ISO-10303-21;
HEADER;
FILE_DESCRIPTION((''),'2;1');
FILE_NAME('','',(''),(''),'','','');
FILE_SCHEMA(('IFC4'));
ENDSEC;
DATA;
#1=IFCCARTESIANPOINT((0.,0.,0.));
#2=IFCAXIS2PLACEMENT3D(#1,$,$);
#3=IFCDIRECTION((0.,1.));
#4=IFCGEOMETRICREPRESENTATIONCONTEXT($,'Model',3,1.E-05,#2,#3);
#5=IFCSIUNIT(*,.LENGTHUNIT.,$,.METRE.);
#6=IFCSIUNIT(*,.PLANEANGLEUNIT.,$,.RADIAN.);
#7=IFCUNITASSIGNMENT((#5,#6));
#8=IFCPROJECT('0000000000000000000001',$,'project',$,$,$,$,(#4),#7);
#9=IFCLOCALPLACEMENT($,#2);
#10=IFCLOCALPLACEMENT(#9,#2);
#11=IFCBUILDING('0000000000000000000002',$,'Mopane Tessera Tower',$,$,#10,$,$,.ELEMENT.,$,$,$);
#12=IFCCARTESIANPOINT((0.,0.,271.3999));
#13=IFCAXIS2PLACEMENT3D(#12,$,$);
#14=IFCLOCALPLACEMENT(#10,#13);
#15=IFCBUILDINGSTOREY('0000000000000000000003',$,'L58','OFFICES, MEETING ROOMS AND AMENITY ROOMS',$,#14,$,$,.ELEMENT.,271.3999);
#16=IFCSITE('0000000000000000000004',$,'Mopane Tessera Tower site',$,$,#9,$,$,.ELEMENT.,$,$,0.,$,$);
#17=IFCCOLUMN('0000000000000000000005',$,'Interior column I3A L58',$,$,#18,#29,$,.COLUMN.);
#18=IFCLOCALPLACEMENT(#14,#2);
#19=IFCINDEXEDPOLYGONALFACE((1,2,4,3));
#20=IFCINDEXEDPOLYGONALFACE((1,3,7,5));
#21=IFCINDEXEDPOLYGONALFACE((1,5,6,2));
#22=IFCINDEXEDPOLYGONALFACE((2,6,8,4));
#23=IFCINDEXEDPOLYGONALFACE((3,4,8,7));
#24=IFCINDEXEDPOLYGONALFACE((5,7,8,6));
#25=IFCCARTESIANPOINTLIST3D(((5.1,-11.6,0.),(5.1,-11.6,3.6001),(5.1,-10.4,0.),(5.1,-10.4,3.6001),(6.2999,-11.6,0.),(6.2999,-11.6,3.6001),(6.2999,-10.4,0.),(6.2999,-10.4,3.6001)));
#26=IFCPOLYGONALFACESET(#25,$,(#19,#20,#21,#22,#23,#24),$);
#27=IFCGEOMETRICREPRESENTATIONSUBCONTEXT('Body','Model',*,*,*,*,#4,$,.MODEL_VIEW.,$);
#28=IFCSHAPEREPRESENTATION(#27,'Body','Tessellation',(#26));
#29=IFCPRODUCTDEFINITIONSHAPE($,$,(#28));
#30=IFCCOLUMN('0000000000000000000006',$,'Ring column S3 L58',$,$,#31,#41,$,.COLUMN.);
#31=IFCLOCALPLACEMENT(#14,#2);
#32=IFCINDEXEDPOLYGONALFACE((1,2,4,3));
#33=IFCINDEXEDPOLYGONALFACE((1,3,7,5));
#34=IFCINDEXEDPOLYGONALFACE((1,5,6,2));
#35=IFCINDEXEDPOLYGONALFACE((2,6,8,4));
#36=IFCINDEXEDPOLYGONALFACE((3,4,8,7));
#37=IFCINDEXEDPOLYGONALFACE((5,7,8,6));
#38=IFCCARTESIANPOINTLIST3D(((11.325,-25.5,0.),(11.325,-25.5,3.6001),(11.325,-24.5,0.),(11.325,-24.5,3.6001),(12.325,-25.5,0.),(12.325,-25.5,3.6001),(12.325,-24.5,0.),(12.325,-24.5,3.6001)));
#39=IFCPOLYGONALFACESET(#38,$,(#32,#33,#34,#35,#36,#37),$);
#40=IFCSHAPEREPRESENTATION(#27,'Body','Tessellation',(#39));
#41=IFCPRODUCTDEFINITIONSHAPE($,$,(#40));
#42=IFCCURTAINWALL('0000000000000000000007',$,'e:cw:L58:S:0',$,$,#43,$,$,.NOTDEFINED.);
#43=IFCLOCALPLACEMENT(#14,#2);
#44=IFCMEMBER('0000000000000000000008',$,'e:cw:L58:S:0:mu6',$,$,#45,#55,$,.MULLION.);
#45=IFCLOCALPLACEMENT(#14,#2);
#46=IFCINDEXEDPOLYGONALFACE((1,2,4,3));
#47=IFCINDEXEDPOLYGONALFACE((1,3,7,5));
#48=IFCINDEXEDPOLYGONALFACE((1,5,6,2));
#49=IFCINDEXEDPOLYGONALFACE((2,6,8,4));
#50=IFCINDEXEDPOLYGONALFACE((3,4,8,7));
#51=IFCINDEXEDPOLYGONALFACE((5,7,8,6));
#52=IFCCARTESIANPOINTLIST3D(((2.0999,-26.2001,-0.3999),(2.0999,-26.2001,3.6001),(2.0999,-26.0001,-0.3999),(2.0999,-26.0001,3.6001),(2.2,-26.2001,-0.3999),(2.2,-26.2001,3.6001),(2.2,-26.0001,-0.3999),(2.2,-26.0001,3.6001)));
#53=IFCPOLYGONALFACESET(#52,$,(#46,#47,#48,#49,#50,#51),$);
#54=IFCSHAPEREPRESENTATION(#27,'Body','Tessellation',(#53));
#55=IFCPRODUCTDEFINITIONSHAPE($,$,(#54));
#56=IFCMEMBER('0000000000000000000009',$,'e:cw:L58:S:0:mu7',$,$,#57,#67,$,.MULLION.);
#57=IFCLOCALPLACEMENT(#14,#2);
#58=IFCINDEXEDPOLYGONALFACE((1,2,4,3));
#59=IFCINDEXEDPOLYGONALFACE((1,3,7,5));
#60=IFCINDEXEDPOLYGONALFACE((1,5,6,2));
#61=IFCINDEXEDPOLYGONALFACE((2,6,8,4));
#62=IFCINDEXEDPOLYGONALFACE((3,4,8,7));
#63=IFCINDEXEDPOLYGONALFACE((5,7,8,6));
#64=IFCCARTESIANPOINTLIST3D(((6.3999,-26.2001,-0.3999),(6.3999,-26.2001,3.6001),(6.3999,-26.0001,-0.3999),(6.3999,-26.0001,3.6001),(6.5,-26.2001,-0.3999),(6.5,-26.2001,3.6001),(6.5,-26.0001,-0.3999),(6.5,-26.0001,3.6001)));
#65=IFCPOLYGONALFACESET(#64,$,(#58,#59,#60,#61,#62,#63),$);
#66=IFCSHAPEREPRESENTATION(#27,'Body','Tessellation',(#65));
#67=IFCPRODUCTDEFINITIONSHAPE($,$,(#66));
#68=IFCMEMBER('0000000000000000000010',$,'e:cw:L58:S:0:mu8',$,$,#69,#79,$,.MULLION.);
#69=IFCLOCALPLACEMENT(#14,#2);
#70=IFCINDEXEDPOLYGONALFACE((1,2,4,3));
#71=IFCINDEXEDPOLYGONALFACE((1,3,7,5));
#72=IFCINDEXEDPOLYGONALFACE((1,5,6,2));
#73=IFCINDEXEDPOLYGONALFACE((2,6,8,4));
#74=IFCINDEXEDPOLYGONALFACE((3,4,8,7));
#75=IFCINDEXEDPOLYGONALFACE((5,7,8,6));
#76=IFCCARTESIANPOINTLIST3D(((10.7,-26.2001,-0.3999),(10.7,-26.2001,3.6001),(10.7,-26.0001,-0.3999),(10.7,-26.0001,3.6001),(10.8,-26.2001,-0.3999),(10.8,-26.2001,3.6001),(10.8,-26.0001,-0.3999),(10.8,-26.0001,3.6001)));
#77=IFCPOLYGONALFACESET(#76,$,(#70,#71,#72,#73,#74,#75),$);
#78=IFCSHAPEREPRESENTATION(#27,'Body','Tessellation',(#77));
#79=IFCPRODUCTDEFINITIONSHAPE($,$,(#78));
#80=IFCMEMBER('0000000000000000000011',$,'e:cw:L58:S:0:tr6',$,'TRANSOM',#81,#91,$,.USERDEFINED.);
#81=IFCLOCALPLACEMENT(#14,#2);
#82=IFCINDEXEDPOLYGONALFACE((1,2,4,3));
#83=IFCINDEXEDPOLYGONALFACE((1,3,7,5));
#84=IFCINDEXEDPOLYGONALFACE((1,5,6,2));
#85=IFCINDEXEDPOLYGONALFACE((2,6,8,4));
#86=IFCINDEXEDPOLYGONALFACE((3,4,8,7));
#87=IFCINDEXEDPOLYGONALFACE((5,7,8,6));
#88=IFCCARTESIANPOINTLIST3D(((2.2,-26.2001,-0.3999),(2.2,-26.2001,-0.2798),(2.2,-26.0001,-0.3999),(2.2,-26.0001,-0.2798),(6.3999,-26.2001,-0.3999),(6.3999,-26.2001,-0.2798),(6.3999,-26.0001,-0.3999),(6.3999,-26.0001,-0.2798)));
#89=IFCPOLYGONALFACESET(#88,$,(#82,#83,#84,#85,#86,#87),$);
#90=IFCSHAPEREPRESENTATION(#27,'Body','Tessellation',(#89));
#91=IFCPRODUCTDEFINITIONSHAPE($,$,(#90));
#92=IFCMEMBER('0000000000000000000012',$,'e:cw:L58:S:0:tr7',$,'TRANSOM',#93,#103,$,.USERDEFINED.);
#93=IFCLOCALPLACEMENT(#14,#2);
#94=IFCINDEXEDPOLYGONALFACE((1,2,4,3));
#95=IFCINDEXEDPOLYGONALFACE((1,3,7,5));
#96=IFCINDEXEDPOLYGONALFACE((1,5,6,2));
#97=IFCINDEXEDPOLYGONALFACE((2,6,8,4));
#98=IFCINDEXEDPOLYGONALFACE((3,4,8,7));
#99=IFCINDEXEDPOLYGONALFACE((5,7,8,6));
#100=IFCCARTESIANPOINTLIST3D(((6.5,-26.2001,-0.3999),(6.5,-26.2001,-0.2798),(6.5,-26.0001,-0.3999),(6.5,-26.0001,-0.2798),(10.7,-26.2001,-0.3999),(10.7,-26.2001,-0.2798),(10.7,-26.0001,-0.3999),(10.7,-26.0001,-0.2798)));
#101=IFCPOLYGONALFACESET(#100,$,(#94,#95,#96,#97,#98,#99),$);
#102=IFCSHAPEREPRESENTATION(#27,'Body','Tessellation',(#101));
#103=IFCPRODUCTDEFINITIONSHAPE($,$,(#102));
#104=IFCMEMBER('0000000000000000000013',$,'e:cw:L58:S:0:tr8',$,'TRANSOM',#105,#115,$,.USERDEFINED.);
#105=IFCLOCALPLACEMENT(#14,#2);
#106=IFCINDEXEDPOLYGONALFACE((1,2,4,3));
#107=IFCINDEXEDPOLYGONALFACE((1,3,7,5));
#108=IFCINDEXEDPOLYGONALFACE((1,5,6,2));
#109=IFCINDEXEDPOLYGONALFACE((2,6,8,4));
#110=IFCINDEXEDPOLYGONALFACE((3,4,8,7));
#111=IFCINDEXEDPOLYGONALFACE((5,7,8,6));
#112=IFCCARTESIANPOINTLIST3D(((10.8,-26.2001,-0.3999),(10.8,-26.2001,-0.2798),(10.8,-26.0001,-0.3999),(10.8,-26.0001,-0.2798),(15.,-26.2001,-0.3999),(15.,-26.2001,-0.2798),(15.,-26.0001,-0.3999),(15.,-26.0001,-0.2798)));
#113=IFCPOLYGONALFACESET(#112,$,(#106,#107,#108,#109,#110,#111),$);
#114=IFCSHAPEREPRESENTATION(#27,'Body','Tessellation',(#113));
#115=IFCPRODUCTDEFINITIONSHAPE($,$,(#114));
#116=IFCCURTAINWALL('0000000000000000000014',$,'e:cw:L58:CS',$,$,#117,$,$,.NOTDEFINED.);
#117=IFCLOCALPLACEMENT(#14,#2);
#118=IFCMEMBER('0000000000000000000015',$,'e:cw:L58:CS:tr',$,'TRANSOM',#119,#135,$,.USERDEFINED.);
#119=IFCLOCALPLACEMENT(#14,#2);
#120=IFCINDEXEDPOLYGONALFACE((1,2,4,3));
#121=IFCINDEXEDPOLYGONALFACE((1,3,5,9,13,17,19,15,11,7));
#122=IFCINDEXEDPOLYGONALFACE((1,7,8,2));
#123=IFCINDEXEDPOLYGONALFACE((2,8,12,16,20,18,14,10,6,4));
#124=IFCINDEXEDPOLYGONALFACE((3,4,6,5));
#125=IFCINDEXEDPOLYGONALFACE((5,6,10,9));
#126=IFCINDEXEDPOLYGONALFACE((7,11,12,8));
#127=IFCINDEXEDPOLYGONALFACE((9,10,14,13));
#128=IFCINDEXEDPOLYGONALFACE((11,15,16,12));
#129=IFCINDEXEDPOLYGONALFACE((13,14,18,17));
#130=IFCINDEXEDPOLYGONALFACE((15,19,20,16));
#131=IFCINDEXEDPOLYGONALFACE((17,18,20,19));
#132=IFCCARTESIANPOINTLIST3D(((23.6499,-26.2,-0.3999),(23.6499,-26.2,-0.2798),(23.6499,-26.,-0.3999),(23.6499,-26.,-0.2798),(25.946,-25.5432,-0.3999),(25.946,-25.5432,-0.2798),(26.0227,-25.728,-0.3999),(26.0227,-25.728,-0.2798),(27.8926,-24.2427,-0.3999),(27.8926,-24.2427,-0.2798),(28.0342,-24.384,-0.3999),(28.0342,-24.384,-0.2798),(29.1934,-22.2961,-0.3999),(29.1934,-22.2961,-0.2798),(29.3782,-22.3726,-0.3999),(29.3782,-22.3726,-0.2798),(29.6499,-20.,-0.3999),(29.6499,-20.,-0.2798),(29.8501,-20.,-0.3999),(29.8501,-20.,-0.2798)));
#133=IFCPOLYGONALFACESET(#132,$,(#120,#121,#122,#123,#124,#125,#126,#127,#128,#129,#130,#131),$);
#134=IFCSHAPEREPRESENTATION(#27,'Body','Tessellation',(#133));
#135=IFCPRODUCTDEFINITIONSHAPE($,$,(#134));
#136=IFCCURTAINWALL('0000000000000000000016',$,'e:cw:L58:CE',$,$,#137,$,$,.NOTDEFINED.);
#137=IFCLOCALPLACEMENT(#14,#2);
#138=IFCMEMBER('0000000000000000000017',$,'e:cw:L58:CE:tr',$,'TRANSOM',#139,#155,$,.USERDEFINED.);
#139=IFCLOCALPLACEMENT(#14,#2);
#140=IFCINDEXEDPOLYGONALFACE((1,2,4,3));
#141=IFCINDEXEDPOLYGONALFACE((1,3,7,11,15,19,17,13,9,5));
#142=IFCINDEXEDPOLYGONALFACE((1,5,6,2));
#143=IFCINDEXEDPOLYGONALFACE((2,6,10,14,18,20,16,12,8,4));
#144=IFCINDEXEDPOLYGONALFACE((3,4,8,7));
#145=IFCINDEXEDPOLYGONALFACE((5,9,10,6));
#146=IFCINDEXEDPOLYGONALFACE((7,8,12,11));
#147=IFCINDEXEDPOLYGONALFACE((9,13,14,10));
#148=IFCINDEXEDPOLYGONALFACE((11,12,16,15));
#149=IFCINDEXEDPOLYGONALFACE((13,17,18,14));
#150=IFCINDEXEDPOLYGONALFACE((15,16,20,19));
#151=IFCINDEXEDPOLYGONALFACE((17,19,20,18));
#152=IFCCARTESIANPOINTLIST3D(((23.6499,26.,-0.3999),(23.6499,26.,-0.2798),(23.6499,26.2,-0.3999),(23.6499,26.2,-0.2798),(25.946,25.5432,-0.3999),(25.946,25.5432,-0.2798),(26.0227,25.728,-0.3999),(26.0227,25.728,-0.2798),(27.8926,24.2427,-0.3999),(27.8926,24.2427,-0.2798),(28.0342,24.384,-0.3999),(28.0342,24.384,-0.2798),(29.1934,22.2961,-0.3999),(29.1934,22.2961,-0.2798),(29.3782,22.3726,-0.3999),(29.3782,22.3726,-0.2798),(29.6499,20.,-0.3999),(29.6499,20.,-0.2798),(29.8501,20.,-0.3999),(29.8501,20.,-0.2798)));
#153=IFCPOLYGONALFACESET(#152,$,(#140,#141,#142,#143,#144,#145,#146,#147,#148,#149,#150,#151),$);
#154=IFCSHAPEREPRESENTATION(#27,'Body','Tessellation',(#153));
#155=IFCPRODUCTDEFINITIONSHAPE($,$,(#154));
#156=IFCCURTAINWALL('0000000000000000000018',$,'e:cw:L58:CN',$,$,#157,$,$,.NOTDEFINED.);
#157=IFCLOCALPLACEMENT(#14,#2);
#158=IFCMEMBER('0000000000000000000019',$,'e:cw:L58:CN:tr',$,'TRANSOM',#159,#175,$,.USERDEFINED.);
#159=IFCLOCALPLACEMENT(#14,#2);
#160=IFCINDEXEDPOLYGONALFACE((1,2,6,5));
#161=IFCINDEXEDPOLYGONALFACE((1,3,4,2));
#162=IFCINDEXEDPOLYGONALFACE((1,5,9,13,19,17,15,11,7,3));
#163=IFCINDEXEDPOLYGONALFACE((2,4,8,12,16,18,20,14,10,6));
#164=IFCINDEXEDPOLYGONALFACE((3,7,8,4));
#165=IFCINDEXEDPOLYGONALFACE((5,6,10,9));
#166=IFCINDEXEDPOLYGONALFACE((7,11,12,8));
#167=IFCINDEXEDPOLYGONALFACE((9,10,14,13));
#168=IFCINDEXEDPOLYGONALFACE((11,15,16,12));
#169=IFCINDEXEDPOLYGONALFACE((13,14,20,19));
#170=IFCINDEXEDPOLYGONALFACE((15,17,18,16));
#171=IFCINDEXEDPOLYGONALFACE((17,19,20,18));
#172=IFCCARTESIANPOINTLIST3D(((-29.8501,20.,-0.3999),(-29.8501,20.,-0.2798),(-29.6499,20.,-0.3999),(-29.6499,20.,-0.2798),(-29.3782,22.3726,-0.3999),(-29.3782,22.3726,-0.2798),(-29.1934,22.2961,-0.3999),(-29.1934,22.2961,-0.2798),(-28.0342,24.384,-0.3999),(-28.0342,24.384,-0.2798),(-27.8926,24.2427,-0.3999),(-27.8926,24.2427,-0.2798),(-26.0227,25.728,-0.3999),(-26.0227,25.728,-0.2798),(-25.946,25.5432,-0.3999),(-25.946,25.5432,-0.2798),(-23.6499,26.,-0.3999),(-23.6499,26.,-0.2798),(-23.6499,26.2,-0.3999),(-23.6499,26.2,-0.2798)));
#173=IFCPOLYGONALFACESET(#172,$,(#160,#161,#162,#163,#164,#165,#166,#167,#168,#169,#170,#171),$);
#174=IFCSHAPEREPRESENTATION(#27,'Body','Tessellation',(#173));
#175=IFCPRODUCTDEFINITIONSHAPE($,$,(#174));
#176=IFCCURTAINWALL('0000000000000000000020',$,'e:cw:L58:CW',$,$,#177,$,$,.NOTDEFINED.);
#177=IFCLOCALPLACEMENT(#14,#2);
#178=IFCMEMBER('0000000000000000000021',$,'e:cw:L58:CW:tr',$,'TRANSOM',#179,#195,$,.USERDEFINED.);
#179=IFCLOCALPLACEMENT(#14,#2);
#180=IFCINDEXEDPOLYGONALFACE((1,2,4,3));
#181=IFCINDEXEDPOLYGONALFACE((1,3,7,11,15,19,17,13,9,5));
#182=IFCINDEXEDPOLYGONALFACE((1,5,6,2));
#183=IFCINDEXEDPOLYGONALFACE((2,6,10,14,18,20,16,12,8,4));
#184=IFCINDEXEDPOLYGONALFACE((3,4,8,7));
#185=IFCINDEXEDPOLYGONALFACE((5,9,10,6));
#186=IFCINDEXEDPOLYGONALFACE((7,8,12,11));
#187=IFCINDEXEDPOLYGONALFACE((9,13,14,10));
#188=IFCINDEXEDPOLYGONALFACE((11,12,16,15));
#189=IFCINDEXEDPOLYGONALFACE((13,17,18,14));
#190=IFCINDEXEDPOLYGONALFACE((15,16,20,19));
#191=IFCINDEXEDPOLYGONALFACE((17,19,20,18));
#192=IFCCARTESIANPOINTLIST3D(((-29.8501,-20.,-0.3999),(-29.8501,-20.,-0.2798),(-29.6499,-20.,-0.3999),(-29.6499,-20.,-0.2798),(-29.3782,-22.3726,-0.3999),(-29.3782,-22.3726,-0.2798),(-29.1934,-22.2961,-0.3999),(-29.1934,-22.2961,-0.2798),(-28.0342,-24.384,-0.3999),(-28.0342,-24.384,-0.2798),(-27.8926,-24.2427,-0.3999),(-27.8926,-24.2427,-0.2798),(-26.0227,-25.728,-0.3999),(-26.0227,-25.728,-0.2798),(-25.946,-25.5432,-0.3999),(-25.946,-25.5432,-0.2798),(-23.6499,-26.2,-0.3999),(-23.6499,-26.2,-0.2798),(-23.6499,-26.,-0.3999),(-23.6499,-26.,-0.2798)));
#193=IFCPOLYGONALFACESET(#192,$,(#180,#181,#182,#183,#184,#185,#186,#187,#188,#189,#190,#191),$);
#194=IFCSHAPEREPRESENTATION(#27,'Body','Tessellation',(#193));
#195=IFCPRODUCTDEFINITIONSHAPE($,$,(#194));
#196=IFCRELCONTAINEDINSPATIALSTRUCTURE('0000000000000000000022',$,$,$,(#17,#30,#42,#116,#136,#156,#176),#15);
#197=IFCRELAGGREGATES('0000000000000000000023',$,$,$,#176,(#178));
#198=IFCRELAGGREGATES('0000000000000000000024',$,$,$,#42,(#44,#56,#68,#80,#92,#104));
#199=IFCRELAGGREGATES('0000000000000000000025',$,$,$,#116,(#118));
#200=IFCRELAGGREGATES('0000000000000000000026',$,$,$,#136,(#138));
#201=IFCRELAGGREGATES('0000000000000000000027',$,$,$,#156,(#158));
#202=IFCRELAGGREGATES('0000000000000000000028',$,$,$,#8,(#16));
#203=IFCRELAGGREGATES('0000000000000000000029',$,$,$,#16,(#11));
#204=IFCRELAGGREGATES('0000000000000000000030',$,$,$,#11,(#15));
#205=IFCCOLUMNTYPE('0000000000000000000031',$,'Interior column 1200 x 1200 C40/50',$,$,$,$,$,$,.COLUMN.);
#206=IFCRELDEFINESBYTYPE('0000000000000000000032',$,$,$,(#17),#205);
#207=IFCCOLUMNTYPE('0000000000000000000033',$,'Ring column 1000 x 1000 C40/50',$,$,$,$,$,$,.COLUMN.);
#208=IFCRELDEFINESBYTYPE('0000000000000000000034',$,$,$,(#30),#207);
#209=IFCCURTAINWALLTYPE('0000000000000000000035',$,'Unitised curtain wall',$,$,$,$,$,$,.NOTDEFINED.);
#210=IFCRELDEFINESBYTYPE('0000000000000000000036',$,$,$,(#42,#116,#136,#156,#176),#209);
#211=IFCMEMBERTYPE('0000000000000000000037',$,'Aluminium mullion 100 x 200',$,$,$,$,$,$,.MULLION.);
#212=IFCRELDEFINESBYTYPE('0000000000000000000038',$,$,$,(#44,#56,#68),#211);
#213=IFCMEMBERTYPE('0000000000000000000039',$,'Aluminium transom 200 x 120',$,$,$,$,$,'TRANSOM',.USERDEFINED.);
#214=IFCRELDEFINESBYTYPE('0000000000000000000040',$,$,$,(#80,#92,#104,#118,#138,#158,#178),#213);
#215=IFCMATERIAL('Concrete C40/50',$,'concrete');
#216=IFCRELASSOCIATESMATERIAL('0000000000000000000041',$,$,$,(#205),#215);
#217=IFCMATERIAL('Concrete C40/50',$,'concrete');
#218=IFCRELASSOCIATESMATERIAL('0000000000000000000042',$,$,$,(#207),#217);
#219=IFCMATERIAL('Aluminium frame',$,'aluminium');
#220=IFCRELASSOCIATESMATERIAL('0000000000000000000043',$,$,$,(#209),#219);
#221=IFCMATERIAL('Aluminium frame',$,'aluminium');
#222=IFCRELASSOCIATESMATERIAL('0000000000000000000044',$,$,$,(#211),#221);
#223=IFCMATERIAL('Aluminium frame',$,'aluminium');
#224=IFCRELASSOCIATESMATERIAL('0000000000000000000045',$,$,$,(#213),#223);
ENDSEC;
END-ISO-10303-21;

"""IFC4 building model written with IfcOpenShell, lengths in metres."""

from ifc_helpers import new_model, si_unit, direction, frame, origin, origin_2d, place, context, subcontext, project, spatial, polyline, rectangle, outline, extrude, material, material_profile, profile_set, type_object, element, aggregate, save


model = new_model("IFC4")

# Units and contexts
model_context = context("Model", 3, precision=1e-05, world=origin(), true_north=direction((0.0, 1.0)))
body_context = subcontext(model_context, "Body", "Model", "MODEL_VIEW")
ifc_project = project(units=[si_unit("LENGTHUNIT", "METRE"), si_unit("PLANEANGLEUNIT", "RADIAN")], contexts=[model_context])

# Site, building, storey
site_placement = place(None, origin())
site = spatial("IfcSite", under=ifc_project, at=site_placement, Name="Mopane Tessera Tower site", CompositionType="ELEMENT", RefElevation=0.0)
building_placement = place(site_placement, origin())
building = spatial("IfcBuilding", under=site, at=building_placement, Name="Mopane Tessera Tower", CompositionType="ELEMENT")
storey_placement = place(building_placement, frame((0.0, 0.0, 271.3999)))
storey = spatial("IfcBuildingStorey", under=building, at=storey_placement, Name="L58", Description="OFFICES, MEETING ROOMS AND AMENITY ROOMS", CompositionType="ELEMENT", Elevation=271.3999)

# Columns
ifc_material_1 = material(Name="Concrete C40/50", Category="concrete")
ifc_material_profile_1 = material_profile(ifc_material_1, rectangle(XDim=1.2, YDim=1.2, at=origin_2d()))
ifc_profile_set_1 = profile_set([ifc_material_profile_1], Name="Concrete C40/50")
column_type_1 = type_object("IfcColumnType", Name="Interior column 1200 x 1200 C40/50", PredefinedType="COLUMN", material=ifc_profile_set_1)
column_1_placement = place(storey_placement, frame((5.7, -11.0, 0.0), z_axis=(0.0, 0.0, 1.0), x_axis=(1.0, 0.0, 0.0)))
element("IfcColumn", 1, at=column_1_placement, inside=storey, type_object=column_type_1, Name="Interior column I3A L58", PredefinedType="COLUMN", context=body_context, shape_type="SweptSolid", body=[
    extrude(rectangle(XDim=1.2, YDim=1.2, at=origin_2d()), origin(), (0.0, 0.0, 1.0), 3.6001),
])
ifc_material_2 = material(Name="Concrete C40/50", Category="concrete")
ifc_material_profile_2 = material_profile(ifc_material_2, rectangle(XDim=1.0, YDim=1.0, at=origin_2d()))
ifc_profile_set_2 = profile_set([ifc_material_profile_2], Name="Concrete C40/50")
column_type_2 = type_object("IfcColumnType", Name="Ring column 1000 x 1000 C40/50", PredefinedType="COLUMN", material=ifc_profile_set_2)
column_2_placement = place(storey_placement, frame((11.825, -25.0, 0.0), z_axis=(0.0, 0.0, 1.0), x_axis=(1.0, 0.0, 0.0)))
element("IfcColumn", 2, at=column_2_placement, inside=storey, type_object=column_type_2, Name="Ring column S3 L58", PredefinedType="COLUMN", context=body_context, shape_type="SweptSolid", body=[
    extrude(rectangle(XDim=1.0, YDim=1.0, at=origin_2d()), origin(), (0.0, 0.0, 1.0), 3.6001),
])

# Curtain wall, members
ifc_material_3 = material(Name="Aluminium frame", Category="aluminium")
curtain_wall_type = type_object("IfcCurtainWallType", Name="Unitised curtain wall", PredefinedType="NOTDEFINED", material=ifc_material_3)
curtain_wall_1_placement = place(storey_placement, origin())
curtain_wall_1 = element("IfcCurtainWall", 3, at=curtain_wall_1_placement, inside=storey, type_object=curtain_wall_type, Name="e:cw:L58:S:0", PredefinedType="NOTDEFINED")
ifc_material_4 = material(Name="Aluminium frame", Category="aluminium")
ifc_material_profile_3 = material_profile(ifc_material_4, rectangle(XDim=0.1001, YDim=0.2, at=origin_2d()))
ifc_profile_set_3 = profile_set([ifc_material_profile_3], Name="Aluminium frame")
member_type_1 = type_object("IfcMemberType", Name="Aluminium mullion 100 x 200", PredefinedType="MULLION", material=ifc_profile_set_3)
member_1_placement = place(storey_placement, frame((2.1499, -26.1001, -0.3999), z_axis=(0.0, 0.0, 1.0), x_axis=(1.0, 0.0, 0.0)))
member_1 = element("IfcMember", 4, at=member_1_placement, type_object=member_type_1, Name="e:cw:L58:S:0:mu6", PredefinedType="MULLION", context=body_context, shape_type="SweptSolid", body=[
    extrude(rectangle(XDim=0.1001, YDim=0.2, at=origin_2d()), origin(), (0.0, 0.0, 1.0), 4.0),
])
member_2_placement = place(storey_placement, frame((6.45, -26.1001, -0.3999), z_axis=(0.0, 0.0, 1.0), x_axis=(1.0, 0.0, 0.0)))
member_2 = element("IfcMember", 5, at=member_2_placement, type_object=member_type_1, Name="e:cw:L58:S:0:mu7", PredefinedType="MULLION", context=body_context, shape_type="SweptSolid", body=[
    extrude(rectangle(XDim=0.1001, YDim=0.2, at=origin_2d()), origin(), (0.0, 0.0, 1.0), 4.0),
])
member_3_placement = place(storey_placement, frame((10.75, -26.1001, -0.3999), z_axis=(0.0, 0.0, 1.0), x_axis=(1.0, 0.0, 0.0)))
member_3 = element("IfcMember", 6, at=member_3_placement, type_object=member_type_1, Name="e:cw:L58:S:0:mu8", PredefinedType="MULLION", context=body_context, shape_type="SweptSolid", body=[
    extrude(rectangle(XDim=0.1001, YDim=0.2, at=origin_2d()), origin(), (0.0, 0.0, 1.0), 4.0),
])
ifc_material_5 = material(Name="Aluminium frame", Category="aluminium")
ifc_material_profile_4 = material_profile(ifc_material_5, rectangle(XDim=0.2, YDim=0.1201, at=origin_2d()))
ifc_profile_set_4 = profile_set([ifc_material_profile_4], Name="Aluminium frame")
member_type_2 = type_object("IfcMemberType", Name="Aluminium transom 200 x 120", ElementType="TRANSOM", PredefinedType="USERDEFINED", material=ifc_profile_set_4)
member_4_placement = place(storey_placement, frame((2.2, -26.1001, -0.3398), z_axis=(1.0, 0.0, 0.0), x_axis=(0.0, 1.0, 0.0)))
member_4 = element("IfcMember", 7, at=member_4_placement, type_object=member_type_2, Name="e:cw:L58:S:0:tr6", ObjectType="TRANSOM", PredefinedType="USERDEFINED", context=body_context, shape_type="SweptSolid", body=[
    extrude(rectangle(XDim=0.2, YDim=0.1201, at=origin_2d()), origin(), (0.0, 0.0, 1.0), 4.2),
])
member_5_placement = place(storey_placement, frame((6.5, -26.1001, -0.3398), z_axis=(1.0, 0.0, 0.0), x_axis=(0.0, 1.0, 0.0)))
member_5 = element("IfcMember", 8, at=member_5_placement, type_object=member_type_2, Name="e:cw:L58:S:0:tr7", ObjectType="TRANSOM", PredefinedType="USERDEFINED", context=body_context, shape_type="SweptSolid", body=[
    extrude(rectangle(XDim=0.2, YDim=0.1201, at=origin_2d()), origin(), (0.0, 0.0, 1.0), 4.2),
])
member_6_placement = place(storey_placement, frame((10.8, -26.1001, -0.3398), z_axis=(1.0, 0.0, 0.0), x_axis=(0.0, 1.0, 0.0)))
member_6 = element("IfcMember", 9, at=member_6_placement, type_object=member_type_2, Name="e:cw:L58:S:0:tr8", ObjectType="TRANSOM", PredefinedType="USERDEFINED", context=body_context, shape_type="SweptSolid", body=[
    extrude(rectangle(XDim=0.2, YDim=0.1201, at=origin_2d()), origin(), (0.0, 0.0, 1.0), 4.2),
])

# Curtain walls, members
curtain_wall_2_placement = place(storey_placement, origin())
curtain_wall_2 = element("IfcCurtainWall", 10, at=curtain_wall_2_placement, inside=storey, type_object=curtain_wall_type, Name="e:cw:L58:CS", PredefinedType="NOTDEFINED")
member_7_placement = place(storey_placement, frame((0.0, 0.0, -0.3999)))
member_7 = element("IfcMember", 11, at=member_7_placement, type_object=member_type_2, Name="e:cw:L58:CS:tr", ObjectType="TRANSOM", PredefinedType="USERDEFINED", context=body_context, shape_type="SweptSolid", body=[
    extrude(outline(polyline([(23.6499, -26.0), (25.946, -25.5432), (27.8926, -24.2427), (29.1934, -22.2961), (29.6499, -20.0), (29.8501, -20.0), (29.3782, -22.3726), (28.0342, -24.384), (26.0227, -25.728), (23.6499, -26.2), (23.6499, -26.0)])), origin(), (0.0, 0.0, 1.0), 0.1201),
])
curtain_wall_3_placement = place(storey_placement, origin())
curtain_wall_3 = element("IfcCurtainWall", 12, at=curtain_wall_3_placement, inside=storey, type_object=curtain_wall_type, Name="e:cw:L58:CE", PredefinedType="NOTDEFINED")
member_8_placement = place(storey_placement, frame((0.0, 0.0, -0.3999)))
member_8 = element("IfcMember", 13, at=member_8_placement, type_object=member_type_2, Name="e:cw:L58:CE:tr", ObjectType="TRANSOM", PredefinedType="USERDEFINED", context=body_context, shape_type="SweptSolid", body=[
    extrude(outline(polyline([(29.6499, 20.0), (29.1934, 22.2961), (27.8926, 24.2427), (25.946, 25.5432), (23.6499, 26.0), (23.6499, 26.2), (26.0227, 25.728), (28.0342, 24.384), (29.3782, 22.3726), (29.8501, 20.0), (29.6499, 20.0)])), origin(), (0.0, 0.0, 1.0), 0.1201),
])
curtain_wall_4_placement = place(storey_placement, origin())
curtain_wall_4 = element("IfcCurtainWall", 14, at=curtain_wall_4_placement, inside=storey, type_object=curtain_wall_type, Name="e:cw:L58:CN", PredefinedType="NOTDEFINED")
member_9_placement = place(storey_placement, frame((0.0, 0.0, -0.3999)))
member_9 = element("IfcMember", 15, at=member_9_placement, type_object=member_type_2, Name="e:cw:L58:CN:tr", ObjectType="TRANSOM", PredefinedType="USERDEFINED", context=body_context, shape_type="SweptSolid", body=[
    extrude(outline(polyline([(-23.6499, 26.0), (-25.946, 25.5432), (-27.8926, 24.2427), (-29.1934, 22.2961), (-29.6499, 20.0), (-29.8501, 20.0), (-29.3782, 22.3726), (-28.0342, 24.384), (-26.0227, 25.728), (-23.6499, 26.2), (-23.6499, 26.0)])), origin(), (0.0, 0.0, 1.0), 0.1201),
])
curtain_wall_5_placement = place(storey_placement, origin())
curtain_wall_5 = element("IfcCurtainWall", 16, at=curtain_wall_5_placement, inside=storey, type_object=curtain_wall_type, Name="e:cw:L58:CW", PredefinedType="NOTDEFINED")
member_10_placement = place(storey_placement, frame((0.0, 0.0, -0.3999)))
member_10 = element("IfcMember", 17, at=member_10_placement, type_object=member_type_2, Name="e:cw:L58:CW:tr", ObjectType="TRANSOM", PredefinedType="USERDEFINED", context=body_context, shape_type="SweptSolid", body=[
    extrude(outline(polyline([(-29.6499, -20.0), (-29.1934, -22.2961), (-27.8926, -24.2427), (-25.946, -25.5432), (-23.6499, -26.0), (-23.6499, -26.2), (-26.0227, -25.728), (-28.0342, -24.384), (-29.3782, -22.3726), (-29.8501, -20.0), (-29.6499, -20.0)])), origin(), (0.0, 0.0, 1.0), 0.1201),
])
aggregate(curtain_wall_5, [member_10])

aggregate(curtain_wall_1, [member_1, member_2, member_3, member_4, member_5, member_6])
aggregate(curtain_wall_2, [member_7])
aggregate(curtain_wall_3, [member_8])
aggregate(curtain_wall_4, [member_9])

save(model, "model.ifc")
